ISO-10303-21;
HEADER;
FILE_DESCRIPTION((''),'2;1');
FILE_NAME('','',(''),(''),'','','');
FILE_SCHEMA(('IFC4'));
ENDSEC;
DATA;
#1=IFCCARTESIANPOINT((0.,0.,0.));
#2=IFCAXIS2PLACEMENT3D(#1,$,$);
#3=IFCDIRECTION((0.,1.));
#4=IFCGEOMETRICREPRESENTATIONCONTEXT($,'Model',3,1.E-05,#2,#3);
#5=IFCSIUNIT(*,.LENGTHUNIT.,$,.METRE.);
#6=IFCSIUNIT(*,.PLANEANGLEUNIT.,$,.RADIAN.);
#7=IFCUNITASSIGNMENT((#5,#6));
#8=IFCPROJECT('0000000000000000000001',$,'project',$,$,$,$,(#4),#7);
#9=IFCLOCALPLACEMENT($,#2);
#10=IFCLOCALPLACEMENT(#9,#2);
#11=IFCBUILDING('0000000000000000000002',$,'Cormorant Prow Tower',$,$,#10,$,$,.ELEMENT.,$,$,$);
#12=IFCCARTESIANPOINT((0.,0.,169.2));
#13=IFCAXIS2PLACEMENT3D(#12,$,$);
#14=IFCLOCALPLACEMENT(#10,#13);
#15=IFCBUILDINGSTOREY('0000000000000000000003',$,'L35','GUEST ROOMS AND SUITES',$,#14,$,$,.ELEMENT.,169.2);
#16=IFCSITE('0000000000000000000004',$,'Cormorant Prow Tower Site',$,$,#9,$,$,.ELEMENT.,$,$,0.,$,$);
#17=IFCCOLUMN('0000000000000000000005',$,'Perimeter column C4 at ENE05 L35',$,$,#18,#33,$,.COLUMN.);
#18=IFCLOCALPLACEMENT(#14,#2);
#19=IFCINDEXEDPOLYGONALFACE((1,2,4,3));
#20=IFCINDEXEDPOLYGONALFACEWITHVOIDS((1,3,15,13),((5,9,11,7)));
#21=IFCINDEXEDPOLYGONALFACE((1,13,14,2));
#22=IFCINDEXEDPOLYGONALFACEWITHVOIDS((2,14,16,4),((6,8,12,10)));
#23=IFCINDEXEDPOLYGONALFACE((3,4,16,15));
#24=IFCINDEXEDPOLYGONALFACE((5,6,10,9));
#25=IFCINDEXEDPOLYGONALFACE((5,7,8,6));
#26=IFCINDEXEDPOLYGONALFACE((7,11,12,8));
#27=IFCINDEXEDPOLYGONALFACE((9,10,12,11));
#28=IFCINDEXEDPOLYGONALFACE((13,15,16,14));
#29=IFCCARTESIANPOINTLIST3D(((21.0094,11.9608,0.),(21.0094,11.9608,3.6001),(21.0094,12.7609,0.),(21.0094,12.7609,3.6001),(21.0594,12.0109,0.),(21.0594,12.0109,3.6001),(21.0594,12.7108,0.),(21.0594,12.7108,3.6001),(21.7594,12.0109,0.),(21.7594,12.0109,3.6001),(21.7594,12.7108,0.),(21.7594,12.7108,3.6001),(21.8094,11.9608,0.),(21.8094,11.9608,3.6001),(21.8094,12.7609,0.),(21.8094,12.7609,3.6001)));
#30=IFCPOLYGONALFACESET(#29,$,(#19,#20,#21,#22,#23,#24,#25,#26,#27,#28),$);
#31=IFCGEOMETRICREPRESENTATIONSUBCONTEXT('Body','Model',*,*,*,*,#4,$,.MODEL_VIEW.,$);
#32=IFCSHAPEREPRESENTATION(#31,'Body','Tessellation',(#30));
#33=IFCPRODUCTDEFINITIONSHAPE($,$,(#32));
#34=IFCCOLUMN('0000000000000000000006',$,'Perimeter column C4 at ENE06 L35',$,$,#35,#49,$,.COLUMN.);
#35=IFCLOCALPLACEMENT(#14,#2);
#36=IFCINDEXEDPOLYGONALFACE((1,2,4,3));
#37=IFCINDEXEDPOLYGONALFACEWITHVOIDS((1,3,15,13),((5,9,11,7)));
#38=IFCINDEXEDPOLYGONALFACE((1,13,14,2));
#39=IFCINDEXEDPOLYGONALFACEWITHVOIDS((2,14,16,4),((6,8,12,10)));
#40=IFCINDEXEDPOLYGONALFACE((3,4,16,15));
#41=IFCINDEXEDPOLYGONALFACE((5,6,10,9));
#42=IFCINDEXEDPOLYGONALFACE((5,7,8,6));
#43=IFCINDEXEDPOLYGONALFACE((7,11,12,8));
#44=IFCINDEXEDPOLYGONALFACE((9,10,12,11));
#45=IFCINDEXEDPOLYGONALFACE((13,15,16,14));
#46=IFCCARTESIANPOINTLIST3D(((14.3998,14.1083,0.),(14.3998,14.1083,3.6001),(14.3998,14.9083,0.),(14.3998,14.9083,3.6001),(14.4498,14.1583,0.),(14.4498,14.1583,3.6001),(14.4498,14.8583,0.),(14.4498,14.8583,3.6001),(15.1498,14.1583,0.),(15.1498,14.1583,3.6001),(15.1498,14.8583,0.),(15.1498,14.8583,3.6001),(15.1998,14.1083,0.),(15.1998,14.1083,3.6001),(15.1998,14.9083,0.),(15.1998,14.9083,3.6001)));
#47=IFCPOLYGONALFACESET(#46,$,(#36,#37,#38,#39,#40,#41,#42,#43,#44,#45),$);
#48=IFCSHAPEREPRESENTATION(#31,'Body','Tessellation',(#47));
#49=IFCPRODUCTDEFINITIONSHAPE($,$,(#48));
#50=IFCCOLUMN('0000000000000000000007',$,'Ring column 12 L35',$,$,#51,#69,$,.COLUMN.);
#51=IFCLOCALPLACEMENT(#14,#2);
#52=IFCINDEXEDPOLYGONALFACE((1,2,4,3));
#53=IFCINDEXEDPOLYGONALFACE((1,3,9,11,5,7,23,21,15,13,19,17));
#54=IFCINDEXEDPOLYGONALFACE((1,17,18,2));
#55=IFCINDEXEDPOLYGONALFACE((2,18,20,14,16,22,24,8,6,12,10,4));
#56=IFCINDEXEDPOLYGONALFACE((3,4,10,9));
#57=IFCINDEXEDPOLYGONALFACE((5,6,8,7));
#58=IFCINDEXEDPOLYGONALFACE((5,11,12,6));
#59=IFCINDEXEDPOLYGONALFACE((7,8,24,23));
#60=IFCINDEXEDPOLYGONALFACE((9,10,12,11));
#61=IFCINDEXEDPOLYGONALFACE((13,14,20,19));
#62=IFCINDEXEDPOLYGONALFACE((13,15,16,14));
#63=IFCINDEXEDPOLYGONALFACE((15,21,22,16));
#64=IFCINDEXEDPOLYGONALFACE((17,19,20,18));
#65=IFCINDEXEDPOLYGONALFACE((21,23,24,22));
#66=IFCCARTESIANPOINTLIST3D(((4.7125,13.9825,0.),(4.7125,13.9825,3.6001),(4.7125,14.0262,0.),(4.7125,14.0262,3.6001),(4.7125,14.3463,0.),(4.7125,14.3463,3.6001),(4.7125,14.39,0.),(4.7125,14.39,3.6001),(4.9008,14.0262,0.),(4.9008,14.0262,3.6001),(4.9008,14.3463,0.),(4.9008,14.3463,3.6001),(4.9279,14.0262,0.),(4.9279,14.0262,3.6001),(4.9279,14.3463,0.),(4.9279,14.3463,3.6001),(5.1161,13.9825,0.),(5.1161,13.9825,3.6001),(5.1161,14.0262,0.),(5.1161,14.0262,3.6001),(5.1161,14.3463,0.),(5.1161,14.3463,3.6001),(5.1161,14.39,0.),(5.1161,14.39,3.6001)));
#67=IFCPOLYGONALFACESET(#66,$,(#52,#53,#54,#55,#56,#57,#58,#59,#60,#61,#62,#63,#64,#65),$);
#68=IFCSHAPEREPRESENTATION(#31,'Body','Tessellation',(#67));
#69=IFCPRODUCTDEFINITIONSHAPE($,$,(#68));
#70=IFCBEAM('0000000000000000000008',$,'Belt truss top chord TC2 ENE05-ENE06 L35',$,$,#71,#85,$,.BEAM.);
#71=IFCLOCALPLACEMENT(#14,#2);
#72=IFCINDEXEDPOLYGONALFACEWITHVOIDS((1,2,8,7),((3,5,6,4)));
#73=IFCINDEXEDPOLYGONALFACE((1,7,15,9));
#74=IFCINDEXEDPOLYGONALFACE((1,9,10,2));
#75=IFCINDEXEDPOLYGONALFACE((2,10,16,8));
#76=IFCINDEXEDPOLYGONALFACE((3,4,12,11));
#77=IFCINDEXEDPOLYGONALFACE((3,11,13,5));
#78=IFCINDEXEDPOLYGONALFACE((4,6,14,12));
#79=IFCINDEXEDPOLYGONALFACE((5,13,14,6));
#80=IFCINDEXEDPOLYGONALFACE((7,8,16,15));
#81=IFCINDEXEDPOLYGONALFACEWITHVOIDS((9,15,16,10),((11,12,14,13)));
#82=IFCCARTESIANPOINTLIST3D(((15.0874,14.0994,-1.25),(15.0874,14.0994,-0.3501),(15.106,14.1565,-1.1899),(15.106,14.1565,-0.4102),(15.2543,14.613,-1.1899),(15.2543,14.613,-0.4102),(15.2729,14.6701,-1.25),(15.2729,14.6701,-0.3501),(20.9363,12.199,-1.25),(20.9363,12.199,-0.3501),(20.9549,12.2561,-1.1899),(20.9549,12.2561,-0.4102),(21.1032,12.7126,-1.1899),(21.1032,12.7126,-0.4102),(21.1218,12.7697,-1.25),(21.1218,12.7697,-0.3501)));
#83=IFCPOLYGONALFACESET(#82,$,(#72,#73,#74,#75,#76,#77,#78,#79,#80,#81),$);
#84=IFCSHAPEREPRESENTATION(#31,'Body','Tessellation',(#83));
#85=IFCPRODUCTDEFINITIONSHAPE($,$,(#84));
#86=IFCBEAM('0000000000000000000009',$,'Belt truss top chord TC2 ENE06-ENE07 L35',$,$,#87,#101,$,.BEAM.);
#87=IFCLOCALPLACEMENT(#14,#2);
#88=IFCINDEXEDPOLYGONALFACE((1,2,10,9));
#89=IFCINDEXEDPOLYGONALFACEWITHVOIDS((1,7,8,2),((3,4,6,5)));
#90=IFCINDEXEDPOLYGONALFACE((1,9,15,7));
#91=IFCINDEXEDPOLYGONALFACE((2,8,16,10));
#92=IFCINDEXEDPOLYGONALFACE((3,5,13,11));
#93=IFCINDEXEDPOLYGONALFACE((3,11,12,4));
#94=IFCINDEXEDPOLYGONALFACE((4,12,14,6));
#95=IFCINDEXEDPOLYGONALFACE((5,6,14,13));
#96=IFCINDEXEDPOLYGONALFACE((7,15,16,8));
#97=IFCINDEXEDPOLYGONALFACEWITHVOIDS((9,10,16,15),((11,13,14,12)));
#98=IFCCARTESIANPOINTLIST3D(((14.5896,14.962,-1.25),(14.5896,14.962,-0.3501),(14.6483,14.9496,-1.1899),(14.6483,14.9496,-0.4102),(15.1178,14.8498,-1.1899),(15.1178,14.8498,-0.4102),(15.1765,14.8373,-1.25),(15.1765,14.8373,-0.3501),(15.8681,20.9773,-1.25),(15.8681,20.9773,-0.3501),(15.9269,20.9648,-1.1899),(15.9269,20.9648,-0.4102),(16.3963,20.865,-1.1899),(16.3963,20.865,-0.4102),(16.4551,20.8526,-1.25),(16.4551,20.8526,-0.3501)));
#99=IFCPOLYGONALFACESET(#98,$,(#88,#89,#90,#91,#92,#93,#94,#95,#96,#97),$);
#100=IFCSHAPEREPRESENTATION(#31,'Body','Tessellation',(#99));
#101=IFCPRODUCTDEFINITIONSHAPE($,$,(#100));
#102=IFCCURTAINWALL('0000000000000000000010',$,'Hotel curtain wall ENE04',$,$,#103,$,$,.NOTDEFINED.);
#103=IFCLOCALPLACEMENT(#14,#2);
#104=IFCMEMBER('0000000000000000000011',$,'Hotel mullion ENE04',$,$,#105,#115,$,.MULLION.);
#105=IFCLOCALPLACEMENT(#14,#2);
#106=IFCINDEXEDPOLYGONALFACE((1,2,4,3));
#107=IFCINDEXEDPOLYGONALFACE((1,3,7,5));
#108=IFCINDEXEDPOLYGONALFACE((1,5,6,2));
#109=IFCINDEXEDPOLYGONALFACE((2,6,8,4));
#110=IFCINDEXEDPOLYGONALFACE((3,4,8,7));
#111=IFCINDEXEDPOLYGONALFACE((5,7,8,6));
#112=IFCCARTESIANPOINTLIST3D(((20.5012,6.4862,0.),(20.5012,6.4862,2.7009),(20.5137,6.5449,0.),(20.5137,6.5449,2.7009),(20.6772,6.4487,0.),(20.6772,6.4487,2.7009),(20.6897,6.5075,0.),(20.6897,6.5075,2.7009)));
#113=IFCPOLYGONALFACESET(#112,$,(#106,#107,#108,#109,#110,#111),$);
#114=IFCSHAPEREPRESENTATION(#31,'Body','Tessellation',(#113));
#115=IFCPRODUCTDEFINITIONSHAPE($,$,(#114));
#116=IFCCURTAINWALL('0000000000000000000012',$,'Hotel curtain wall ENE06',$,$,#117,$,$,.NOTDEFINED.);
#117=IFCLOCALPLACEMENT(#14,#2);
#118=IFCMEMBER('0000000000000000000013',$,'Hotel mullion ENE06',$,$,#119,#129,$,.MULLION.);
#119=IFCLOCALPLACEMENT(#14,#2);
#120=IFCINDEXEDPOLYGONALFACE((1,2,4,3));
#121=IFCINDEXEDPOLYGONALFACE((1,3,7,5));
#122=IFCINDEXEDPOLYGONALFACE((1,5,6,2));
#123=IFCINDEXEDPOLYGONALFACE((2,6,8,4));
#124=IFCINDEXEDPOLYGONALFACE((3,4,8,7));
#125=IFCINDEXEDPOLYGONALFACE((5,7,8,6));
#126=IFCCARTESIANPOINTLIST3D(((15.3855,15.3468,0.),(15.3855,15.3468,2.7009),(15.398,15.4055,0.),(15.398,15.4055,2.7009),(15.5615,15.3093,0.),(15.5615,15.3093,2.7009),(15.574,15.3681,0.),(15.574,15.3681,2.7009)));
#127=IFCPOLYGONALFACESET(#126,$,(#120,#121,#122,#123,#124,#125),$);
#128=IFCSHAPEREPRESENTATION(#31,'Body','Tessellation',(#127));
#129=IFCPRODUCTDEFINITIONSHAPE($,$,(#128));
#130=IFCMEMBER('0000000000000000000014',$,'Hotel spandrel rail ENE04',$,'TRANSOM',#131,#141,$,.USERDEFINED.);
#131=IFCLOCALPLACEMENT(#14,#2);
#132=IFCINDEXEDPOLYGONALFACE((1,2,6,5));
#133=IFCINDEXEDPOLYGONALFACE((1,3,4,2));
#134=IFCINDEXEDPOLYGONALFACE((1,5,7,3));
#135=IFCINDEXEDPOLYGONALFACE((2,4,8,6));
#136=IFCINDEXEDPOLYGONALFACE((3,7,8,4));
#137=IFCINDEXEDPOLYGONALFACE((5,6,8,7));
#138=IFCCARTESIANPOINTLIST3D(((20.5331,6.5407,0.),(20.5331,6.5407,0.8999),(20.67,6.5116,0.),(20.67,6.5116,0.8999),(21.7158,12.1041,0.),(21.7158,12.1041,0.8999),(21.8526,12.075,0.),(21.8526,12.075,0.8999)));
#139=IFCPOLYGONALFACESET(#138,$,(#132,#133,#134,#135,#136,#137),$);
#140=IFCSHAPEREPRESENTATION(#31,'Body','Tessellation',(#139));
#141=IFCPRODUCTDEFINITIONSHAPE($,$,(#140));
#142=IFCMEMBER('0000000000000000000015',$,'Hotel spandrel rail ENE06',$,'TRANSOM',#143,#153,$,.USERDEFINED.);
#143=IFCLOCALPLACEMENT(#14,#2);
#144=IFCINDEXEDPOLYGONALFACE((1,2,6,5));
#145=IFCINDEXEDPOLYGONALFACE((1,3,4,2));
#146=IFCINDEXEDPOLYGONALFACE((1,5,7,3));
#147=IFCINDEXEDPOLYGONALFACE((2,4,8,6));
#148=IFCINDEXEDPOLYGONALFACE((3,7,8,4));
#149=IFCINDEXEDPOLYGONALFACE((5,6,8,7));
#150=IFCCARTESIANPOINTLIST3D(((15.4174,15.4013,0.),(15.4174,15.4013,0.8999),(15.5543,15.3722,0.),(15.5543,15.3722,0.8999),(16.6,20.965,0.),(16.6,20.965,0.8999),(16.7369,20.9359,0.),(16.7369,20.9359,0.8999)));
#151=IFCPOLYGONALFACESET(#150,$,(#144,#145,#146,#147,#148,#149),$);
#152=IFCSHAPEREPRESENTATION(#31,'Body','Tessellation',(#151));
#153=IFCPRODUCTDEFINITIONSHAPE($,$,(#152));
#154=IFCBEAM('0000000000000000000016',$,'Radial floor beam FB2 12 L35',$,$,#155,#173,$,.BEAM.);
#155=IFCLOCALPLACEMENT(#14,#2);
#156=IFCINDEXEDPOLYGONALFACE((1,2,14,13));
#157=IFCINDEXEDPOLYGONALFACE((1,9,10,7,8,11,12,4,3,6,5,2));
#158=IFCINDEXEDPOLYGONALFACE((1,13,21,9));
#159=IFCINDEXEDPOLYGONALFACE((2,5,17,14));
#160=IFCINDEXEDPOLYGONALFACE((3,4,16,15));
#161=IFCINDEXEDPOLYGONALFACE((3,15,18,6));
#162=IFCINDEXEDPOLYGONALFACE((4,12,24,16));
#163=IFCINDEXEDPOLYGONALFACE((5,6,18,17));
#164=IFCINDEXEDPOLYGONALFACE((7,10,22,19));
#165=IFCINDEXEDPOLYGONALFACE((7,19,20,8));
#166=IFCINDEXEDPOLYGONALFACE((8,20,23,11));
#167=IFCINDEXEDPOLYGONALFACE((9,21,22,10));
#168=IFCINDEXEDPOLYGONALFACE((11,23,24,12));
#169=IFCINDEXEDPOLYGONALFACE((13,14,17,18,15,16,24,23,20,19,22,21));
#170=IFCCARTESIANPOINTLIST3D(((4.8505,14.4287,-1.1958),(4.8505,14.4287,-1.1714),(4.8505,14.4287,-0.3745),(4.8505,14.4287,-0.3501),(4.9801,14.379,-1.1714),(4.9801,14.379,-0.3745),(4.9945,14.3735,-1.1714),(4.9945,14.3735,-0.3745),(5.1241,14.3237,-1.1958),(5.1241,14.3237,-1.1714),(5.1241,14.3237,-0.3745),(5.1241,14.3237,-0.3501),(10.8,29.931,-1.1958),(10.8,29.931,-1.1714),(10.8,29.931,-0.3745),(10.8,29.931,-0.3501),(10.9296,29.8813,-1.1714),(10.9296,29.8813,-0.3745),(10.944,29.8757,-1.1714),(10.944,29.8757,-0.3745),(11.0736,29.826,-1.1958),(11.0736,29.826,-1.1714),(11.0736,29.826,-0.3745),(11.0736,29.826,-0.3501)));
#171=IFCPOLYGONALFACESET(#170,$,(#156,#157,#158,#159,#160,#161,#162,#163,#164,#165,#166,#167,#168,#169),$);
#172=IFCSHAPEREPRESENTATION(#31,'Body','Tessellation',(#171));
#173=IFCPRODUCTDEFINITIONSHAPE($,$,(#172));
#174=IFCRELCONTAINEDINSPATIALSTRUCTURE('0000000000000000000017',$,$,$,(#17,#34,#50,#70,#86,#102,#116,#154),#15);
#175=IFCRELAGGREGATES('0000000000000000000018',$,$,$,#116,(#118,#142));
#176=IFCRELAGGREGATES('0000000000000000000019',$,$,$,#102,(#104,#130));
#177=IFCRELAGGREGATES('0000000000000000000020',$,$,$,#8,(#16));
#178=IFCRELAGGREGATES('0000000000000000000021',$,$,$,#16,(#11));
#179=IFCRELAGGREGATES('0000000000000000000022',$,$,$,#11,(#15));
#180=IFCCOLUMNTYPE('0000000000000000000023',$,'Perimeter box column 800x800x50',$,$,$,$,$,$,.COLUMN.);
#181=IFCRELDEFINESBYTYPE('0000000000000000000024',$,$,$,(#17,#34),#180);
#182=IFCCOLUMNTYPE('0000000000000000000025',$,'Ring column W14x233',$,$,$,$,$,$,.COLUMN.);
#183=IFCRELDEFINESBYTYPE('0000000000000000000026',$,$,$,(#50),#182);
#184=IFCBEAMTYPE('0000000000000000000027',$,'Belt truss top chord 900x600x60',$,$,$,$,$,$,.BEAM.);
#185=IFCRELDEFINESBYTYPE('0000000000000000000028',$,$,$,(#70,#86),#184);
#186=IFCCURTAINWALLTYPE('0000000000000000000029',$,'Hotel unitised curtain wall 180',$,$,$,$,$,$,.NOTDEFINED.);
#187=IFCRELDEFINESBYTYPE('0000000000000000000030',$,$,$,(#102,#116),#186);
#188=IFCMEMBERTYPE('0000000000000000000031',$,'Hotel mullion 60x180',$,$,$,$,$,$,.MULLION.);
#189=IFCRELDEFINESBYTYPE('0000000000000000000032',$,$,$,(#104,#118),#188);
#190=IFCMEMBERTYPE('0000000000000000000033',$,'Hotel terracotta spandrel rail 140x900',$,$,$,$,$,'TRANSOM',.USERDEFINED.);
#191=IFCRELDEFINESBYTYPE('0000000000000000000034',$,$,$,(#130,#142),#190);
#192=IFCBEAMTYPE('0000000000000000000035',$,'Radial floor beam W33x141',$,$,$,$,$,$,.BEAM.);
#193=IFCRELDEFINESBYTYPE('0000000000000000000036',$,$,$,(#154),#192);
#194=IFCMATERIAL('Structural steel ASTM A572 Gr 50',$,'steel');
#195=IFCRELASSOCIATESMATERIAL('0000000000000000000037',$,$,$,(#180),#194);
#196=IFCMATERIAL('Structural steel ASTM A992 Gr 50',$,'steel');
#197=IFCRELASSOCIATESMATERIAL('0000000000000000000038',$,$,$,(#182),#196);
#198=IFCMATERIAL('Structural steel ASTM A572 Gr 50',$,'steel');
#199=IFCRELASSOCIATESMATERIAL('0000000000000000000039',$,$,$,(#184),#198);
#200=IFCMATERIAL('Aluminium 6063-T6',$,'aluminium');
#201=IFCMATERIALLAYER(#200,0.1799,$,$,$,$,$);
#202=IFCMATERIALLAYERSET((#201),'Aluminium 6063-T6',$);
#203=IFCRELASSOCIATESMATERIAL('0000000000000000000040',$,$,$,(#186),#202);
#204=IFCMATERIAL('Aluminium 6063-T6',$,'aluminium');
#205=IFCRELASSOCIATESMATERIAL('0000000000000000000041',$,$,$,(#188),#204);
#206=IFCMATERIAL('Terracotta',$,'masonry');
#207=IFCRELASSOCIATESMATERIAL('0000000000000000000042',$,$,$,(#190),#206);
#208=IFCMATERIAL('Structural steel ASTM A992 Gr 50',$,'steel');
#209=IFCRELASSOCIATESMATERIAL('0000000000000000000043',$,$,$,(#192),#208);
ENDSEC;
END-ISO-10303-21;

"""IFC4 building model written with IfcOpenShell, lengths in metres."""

from ifc_helpers import new_model, si_unit, direction, frame, origin, origin_2d, place, context, subcontext, project, spatial, rectangle, hollow_rectangle, i_section, extrude, material, layer, layer_set, material_profile, profile_set, type_object, element, aggregate, save


model = new_model("IFC4")

# Units and contexts
model_context = context("Model", 3, precision=1e-05, world=origin(), true_north=direction((0.0, 1.0)))
body_context = subcontext(model_context, "Body", "Model", "MODEL_VIEW")
ifc_project = project(units=[si_unit("LENGTHUNIT", "METRE"), si_unit("PLANEANGLEUNIT", "RADIAN")], contexts=[model_context])

# Site, building, storey
site_placement = place(None, origin())
site = spatial("IfcSite", under=ifc_project, at=site_placement, Name="Cormorant Prow Tower Site", CompositionType="ELEMENT", RefElevation=0.0)
building_placement = place(site_placement, origin())
building = spatial("IfcBuilding", under=site, at=building_placement, Name="Cormorant Prow Tower", CompositionType="ELEMENT")
storey_placement = place(building_placement, frame((0.0, 0.0, 169.2)))
storey = spatial("IfcBuildingStorey", under=building, at=storey_placement, Name="L35", Description="GUEST ROOMS AND SUITES", CompositionType="ELEMENT", Elevation=169.2)

# Columns
ifc_material_1 = material(Name="Structural steel ASTM A572 Gr 50", Category="steel")
ifc_material_profile_1 = material_profile(ifc_material_1, hollow_rectangle(XDim=0.8, YDim=0.8, WallThickness=0.05, at=origin_2d()), Name="Box 800x800x50")
ifc_profile_set_1 = profile_set([ifc_material_profile_1], Name="Structural steel ASTM A572 Gr 50")
column_type_1 = type_object("IfcColumnType", Name="Perimeter box column 800x800x50", PredefinedType="COLUMN", material=ifc_profile_set_1)
for number, where, z_axis, x_axis, name in (
    (1, (21.4094, 12.3608, 0.0), (0.0, 0.0, 1.0), (1.0, 0.0, 0.0), "Perimeter column C4 at ENE05 L35"),
    (2, (14.7998, 14.5083, 0.0), (0.0, 0.0, 1.0), (1.0, 0.0, 0.0), "Perimeter column C4 at ENE06 L35"),
):
    element("IfcColumn", number, at=place(storey_placement, frame(where, z_axis=z_axis, x_axis=x_axis)), inside=storey, type_object=column_type_1, Name=name, PredefinedType="COLUMN", context=body_context, shape_type="SweptSolid", body=[
        extrude(hollow_rectangle(XDim=0.8, YDim=0.8, WallThickness=0.05, at=origin_2d()), origin(), (0.0, 0.0, 1.0), 3.6001),
    ])
ifc_material_2 = material(Name="Structural steel ASTM A992 Gr 50", Category="steel")
ifc_material_profile_2 = material_profile(ifc_material_2, i_section(OverallWidth=0.4036, OverallDepth=0.4075, WebThickness=0.0271, FlangeThickness=0.0437, at=origin_2d()), Name="W14x233")
ifc_profile_set_2 = profile_set([ifc_material_profile_2], Name="Structural steel ASTM A992 Gr 50")
column_type_2 = type_object("IfcColumnType", Name="Ring column W14x233", PredefinedType="COLUMN", material=ifc_profile_set_2)
column_placement = place(storey_placement, frame((4.9143, 14.1863, 0.0), z_axis=(0.0, 0.0, 1.0), x_axis=(1.0, 0.0, 0.0)))
element("IfcColumn", 3, at=column_placement, inside=storey, type_object=column_type_2, Name="Ring column 12 L35", PredefinedType="COLUMN", context=body_context, shape_type="SweptSolid", body=[
    extrude(i_section(OverallWidth=0.4036, OverallDepth=0.4075, WebThickness=0.0271, FlangeThickness=0.0437, at=origin_2d()), origin(), (0.0, 0.0, 1.0), 3.6001),
])

# Beams
ifc_material_3 = material(Name="Structural steel ASTM A572 Gr 50", Category="steel")
ifc_material_profile_3 = material_profile(ifc_material_3, hollow_rectangle(XDim=0.6001, YDim=0.8999, WallThickness=0.0601, at=origin_2d()), Name="Box 900x600x60")
ifc_profile_set_3 = profile_set([ifc_material_profile_3], Name="Structural steel ASTM A572 Gr 50")
beam_type_1 = type_object("IfcBeamType", Name="Belt truss top chord 900x600x60", PredefinedType="BEAM", material=ifc_profile_set_3)
beam_1_placement = place(storey_placement, frame((21.0291, 12.4844, -0.8), z_axis=(-0.951058, 0.309013, 0.0), x_axis=(-0.309013, -0.951058, 0.0)))
element("IfcBeam", 4, at=beam_1_placement, inside=storey, type_object=beam_type_1, Name="Belt truss top chord TC2 ENE05-ENE06 L35", PredefinedType="BEAM", context=body_context, shape_type="SweptSolid", body=[
    extrude(hollow_rectangle(XDim=0.6001, YDim=0.8999, WallThickness=0.0601, at=origin_2d()), origin(), (0.0, 0.0, 1.0), 6.1499),
])
beam_2_placement = place(storey_placement, frame((14.8831, 14.8997, -0.8), z_axis=(0.207905, 0.978149, 0.0), x_axis=(-0.978149, 0.207905, 0.0)))
element("IfcBeam", 5, at=beam_2_placement, inside=storey, type_object=beam_type_1, Name="Belt truss top chord TC2 ENE06-ENE07 L35", PredefinedType="BEAM", context=body_context, shape_type="SweptSolid", body=[
    extrude(hollow_rectangle(XDim=0.6001, YDim=0.8999, WallThickness=0.0601, at=origin_2d()), origin(), (0.0, 0.0, 1.0), 6.1497),
])

# Curtain walls, members
ifc_material_4 = material(Name="Aluminium 6063-T6", Category="aluminium")
ifc_layer_1 = layer(ifc_material_4, 0.1799)
ifc_layer_set_1 = layer_set([ifc_layer_1], Name="Aluminium 6063-T6")
curtain_wall_type = type_object("IfcCurtainWallType", Name="Hotel unitised curtain wall 180", PredefinedType="NOTDEFINED", material=ifc_layer_set_1)
curtain_wall_1_placement = place(storey_placement, origin())
curtain_wall_1 = element("IfcCurtainWall", 6, at=curtain_wall_1_placement, inside=storey, type_object=curtain_wall_type, Name="Hotel curtain wall ENE04", PredefinedType="NOTDEFINED")
ifc_material_5 = material(Name="Aluminium 6063-T6", Category="aluminium")
ifc_material_profile_4 = material_profile(ifc_material_5, rectangle(XDim=0.1799, YDim=0.0601, at=origin_2d()), Name="Hotel mullion 60x180")
ifc_profile_set_4 = profile_set([ifc_material_profile_4], Name="Aluminium 6063-T6")
member_type_1 = type_object("IfcMemberType", Name="Hotel mullion 60x180", PredefinedType="MULLION", material=ifc_profile_set_4)
member_1_placement = place(storey_placement, frame((20.5955, 6.4968, 0.0), z_axis=(0.0, 0.0, 1.0), x_axis=(-0.978148, 0.207912, 0.0)))
member_1 = element("IfcMember", 7, at=member_1_placement, type_object=member_type_1, Name="Hotel mullion ENE04", PredefinedType="MULLION", context=body_context, shape_type="SweptSolid", body=[
    extrude(rectangle(XDim=0.1799, YDim=0.0601, at=origin_2d()), origin(), (0.0, 0.0, 1.0), 2.7009),
])
curtain_wall_2_placement = place(storey_placement, origin())
curtain_wall_2 = element("IfcCurtainWall", 8, at=curtain_wall_2_placement, inside=storey, type_object=curtain_wall_type, Name="Hotel curtain wall ENE06", PredefinedType="NOTDEFINED")
member_2_placement = place(storey_placement, frame((15.4797, 15.3574, 0.0), z_axis=(0.0, 0.0, 1.0), x_axis=(-0.978148, 0.207912, 0.0)))
member_2 = element("IfcMember", 9, at=member_2_placement, type_object=member_type_1, Name="Hotel mullion ENE06", PredefinedType="MULLION", context=body_context, shape_type="SweptSolid", body=[
    extrude(rectangle(XDim=0.1799, YDim=0.0601, at=origin_2d()), origin(), (0.0, 0.0, 1.0), 2.7009),
])

# Members
ifc_material_6 = material(Name="Terracotta", Category="masonry")
ifc_material_profile_5 = material_profile(ifc_material_6, rectangle(XDim=0.1399, YDim=0.8999, at=origin_2d()), Name="Hotel terracotta spandrel rail 140x900")
ifc_profile_set_5 = profile_set([ifc_material_profile_5], Name="Terracotta")
member_type_2 = type_object("IfcMemberType", Name="Hotel terracotta spandrel rail 140x900", ElementType="TRANSOM", PredefinedType="USERDEFINED", material=ifc_profile_set_5)
member_3_placement = place(storey_placement, frame((20.6016, 6.5261, 0.45), z_axis=(0.207922, 0.978145, 0.0), x_axis=(-0.978145, 0.207922, 0.0)))
member_3 = element("IfcMember", 10, at=member_3_placement, type_object=member_type_2, Name="Hotel spandrel rail ENE04", ObjectType="TRANSOM", PredefinedType="USERDEFINED", context=body_context, shape_type="SweptSolid", body=[
    extrude(rectangle(XDim=0.1399, YDim=0.8999, at=origin_2d()), origin(), (0.0, 0.0, 1.0), 5.6877),
])
member_4_placement = place(storey_placement, frame((15.4858, 15.3867, 0.45), z_axis=(0.207914, 0.978147, 0.0), x_axis=(-0.978147, 0.207914, 0.0)))
member_4 = element("IfcMember", 11, at=member_4_placement, type_object=member_type_2, Name="Hotel spandrel rail ENE06", ObjectType="TRANSOM", PredefinedType="USERDEFINED", context=body_context, shape_type="SweptSolid", body=[
    extrude(rectangle(XDim=0.1399, YDim=0.8999, at=origin_2d()), origin(), (0.0, 0.0, 1.0), 5.688),
])
aggregate(curtain_wall_2, [member_2, member_4])

# Beam
ifc_material_7 = material(Name="Structural steel ASTM A992 Gr 50", Category="steel")
ifc_material_profile_6 = material_profile(ifc_material_7, i_section(OverallWidth=0.293, OverallDepth=0.8457, WebThickness=0.0154, FlangeThickness=0.0244, at=origin_2d()), Name="W33x141")
ifc_profile_set_6 = profile_set([ifc_material_profile_6], Name="Structural steel ASTM A992 Gr 50")
beam_type_2 = type_object("IfcBeamType", Name="Radial floor beam W33x141", PredefinedType="BEAM", material=ifc_profile_set_6)
beam_3_placement = place(storey_placement, frame((4.9873, 14.3762, -0.7729), z_axis=(0.358301, 0.933606, 0.0), x_axis=(-0.933606, 0.358301, 0.0)))
element("IfcBeam", 12, at=beam_3_placement, inside=storey, type_object=beam_type_2, Name="Radial floor beam FB2 12 L35", PredefinedType="BEAM", context=body_context, shape_type="SweptSolid", body=[
    extrude(i_section(OverallWidth=0.293, OverallDepth=0.8457, WebThickness=0.0154, FlangeThickness=0.0244, at=origin_2d()), origin(), (0.0, 0.0, 1.0), 16.6047),
])

aggregate(curtain_wall_1, [member_1, member_3])

save(model, "model.ifc")
